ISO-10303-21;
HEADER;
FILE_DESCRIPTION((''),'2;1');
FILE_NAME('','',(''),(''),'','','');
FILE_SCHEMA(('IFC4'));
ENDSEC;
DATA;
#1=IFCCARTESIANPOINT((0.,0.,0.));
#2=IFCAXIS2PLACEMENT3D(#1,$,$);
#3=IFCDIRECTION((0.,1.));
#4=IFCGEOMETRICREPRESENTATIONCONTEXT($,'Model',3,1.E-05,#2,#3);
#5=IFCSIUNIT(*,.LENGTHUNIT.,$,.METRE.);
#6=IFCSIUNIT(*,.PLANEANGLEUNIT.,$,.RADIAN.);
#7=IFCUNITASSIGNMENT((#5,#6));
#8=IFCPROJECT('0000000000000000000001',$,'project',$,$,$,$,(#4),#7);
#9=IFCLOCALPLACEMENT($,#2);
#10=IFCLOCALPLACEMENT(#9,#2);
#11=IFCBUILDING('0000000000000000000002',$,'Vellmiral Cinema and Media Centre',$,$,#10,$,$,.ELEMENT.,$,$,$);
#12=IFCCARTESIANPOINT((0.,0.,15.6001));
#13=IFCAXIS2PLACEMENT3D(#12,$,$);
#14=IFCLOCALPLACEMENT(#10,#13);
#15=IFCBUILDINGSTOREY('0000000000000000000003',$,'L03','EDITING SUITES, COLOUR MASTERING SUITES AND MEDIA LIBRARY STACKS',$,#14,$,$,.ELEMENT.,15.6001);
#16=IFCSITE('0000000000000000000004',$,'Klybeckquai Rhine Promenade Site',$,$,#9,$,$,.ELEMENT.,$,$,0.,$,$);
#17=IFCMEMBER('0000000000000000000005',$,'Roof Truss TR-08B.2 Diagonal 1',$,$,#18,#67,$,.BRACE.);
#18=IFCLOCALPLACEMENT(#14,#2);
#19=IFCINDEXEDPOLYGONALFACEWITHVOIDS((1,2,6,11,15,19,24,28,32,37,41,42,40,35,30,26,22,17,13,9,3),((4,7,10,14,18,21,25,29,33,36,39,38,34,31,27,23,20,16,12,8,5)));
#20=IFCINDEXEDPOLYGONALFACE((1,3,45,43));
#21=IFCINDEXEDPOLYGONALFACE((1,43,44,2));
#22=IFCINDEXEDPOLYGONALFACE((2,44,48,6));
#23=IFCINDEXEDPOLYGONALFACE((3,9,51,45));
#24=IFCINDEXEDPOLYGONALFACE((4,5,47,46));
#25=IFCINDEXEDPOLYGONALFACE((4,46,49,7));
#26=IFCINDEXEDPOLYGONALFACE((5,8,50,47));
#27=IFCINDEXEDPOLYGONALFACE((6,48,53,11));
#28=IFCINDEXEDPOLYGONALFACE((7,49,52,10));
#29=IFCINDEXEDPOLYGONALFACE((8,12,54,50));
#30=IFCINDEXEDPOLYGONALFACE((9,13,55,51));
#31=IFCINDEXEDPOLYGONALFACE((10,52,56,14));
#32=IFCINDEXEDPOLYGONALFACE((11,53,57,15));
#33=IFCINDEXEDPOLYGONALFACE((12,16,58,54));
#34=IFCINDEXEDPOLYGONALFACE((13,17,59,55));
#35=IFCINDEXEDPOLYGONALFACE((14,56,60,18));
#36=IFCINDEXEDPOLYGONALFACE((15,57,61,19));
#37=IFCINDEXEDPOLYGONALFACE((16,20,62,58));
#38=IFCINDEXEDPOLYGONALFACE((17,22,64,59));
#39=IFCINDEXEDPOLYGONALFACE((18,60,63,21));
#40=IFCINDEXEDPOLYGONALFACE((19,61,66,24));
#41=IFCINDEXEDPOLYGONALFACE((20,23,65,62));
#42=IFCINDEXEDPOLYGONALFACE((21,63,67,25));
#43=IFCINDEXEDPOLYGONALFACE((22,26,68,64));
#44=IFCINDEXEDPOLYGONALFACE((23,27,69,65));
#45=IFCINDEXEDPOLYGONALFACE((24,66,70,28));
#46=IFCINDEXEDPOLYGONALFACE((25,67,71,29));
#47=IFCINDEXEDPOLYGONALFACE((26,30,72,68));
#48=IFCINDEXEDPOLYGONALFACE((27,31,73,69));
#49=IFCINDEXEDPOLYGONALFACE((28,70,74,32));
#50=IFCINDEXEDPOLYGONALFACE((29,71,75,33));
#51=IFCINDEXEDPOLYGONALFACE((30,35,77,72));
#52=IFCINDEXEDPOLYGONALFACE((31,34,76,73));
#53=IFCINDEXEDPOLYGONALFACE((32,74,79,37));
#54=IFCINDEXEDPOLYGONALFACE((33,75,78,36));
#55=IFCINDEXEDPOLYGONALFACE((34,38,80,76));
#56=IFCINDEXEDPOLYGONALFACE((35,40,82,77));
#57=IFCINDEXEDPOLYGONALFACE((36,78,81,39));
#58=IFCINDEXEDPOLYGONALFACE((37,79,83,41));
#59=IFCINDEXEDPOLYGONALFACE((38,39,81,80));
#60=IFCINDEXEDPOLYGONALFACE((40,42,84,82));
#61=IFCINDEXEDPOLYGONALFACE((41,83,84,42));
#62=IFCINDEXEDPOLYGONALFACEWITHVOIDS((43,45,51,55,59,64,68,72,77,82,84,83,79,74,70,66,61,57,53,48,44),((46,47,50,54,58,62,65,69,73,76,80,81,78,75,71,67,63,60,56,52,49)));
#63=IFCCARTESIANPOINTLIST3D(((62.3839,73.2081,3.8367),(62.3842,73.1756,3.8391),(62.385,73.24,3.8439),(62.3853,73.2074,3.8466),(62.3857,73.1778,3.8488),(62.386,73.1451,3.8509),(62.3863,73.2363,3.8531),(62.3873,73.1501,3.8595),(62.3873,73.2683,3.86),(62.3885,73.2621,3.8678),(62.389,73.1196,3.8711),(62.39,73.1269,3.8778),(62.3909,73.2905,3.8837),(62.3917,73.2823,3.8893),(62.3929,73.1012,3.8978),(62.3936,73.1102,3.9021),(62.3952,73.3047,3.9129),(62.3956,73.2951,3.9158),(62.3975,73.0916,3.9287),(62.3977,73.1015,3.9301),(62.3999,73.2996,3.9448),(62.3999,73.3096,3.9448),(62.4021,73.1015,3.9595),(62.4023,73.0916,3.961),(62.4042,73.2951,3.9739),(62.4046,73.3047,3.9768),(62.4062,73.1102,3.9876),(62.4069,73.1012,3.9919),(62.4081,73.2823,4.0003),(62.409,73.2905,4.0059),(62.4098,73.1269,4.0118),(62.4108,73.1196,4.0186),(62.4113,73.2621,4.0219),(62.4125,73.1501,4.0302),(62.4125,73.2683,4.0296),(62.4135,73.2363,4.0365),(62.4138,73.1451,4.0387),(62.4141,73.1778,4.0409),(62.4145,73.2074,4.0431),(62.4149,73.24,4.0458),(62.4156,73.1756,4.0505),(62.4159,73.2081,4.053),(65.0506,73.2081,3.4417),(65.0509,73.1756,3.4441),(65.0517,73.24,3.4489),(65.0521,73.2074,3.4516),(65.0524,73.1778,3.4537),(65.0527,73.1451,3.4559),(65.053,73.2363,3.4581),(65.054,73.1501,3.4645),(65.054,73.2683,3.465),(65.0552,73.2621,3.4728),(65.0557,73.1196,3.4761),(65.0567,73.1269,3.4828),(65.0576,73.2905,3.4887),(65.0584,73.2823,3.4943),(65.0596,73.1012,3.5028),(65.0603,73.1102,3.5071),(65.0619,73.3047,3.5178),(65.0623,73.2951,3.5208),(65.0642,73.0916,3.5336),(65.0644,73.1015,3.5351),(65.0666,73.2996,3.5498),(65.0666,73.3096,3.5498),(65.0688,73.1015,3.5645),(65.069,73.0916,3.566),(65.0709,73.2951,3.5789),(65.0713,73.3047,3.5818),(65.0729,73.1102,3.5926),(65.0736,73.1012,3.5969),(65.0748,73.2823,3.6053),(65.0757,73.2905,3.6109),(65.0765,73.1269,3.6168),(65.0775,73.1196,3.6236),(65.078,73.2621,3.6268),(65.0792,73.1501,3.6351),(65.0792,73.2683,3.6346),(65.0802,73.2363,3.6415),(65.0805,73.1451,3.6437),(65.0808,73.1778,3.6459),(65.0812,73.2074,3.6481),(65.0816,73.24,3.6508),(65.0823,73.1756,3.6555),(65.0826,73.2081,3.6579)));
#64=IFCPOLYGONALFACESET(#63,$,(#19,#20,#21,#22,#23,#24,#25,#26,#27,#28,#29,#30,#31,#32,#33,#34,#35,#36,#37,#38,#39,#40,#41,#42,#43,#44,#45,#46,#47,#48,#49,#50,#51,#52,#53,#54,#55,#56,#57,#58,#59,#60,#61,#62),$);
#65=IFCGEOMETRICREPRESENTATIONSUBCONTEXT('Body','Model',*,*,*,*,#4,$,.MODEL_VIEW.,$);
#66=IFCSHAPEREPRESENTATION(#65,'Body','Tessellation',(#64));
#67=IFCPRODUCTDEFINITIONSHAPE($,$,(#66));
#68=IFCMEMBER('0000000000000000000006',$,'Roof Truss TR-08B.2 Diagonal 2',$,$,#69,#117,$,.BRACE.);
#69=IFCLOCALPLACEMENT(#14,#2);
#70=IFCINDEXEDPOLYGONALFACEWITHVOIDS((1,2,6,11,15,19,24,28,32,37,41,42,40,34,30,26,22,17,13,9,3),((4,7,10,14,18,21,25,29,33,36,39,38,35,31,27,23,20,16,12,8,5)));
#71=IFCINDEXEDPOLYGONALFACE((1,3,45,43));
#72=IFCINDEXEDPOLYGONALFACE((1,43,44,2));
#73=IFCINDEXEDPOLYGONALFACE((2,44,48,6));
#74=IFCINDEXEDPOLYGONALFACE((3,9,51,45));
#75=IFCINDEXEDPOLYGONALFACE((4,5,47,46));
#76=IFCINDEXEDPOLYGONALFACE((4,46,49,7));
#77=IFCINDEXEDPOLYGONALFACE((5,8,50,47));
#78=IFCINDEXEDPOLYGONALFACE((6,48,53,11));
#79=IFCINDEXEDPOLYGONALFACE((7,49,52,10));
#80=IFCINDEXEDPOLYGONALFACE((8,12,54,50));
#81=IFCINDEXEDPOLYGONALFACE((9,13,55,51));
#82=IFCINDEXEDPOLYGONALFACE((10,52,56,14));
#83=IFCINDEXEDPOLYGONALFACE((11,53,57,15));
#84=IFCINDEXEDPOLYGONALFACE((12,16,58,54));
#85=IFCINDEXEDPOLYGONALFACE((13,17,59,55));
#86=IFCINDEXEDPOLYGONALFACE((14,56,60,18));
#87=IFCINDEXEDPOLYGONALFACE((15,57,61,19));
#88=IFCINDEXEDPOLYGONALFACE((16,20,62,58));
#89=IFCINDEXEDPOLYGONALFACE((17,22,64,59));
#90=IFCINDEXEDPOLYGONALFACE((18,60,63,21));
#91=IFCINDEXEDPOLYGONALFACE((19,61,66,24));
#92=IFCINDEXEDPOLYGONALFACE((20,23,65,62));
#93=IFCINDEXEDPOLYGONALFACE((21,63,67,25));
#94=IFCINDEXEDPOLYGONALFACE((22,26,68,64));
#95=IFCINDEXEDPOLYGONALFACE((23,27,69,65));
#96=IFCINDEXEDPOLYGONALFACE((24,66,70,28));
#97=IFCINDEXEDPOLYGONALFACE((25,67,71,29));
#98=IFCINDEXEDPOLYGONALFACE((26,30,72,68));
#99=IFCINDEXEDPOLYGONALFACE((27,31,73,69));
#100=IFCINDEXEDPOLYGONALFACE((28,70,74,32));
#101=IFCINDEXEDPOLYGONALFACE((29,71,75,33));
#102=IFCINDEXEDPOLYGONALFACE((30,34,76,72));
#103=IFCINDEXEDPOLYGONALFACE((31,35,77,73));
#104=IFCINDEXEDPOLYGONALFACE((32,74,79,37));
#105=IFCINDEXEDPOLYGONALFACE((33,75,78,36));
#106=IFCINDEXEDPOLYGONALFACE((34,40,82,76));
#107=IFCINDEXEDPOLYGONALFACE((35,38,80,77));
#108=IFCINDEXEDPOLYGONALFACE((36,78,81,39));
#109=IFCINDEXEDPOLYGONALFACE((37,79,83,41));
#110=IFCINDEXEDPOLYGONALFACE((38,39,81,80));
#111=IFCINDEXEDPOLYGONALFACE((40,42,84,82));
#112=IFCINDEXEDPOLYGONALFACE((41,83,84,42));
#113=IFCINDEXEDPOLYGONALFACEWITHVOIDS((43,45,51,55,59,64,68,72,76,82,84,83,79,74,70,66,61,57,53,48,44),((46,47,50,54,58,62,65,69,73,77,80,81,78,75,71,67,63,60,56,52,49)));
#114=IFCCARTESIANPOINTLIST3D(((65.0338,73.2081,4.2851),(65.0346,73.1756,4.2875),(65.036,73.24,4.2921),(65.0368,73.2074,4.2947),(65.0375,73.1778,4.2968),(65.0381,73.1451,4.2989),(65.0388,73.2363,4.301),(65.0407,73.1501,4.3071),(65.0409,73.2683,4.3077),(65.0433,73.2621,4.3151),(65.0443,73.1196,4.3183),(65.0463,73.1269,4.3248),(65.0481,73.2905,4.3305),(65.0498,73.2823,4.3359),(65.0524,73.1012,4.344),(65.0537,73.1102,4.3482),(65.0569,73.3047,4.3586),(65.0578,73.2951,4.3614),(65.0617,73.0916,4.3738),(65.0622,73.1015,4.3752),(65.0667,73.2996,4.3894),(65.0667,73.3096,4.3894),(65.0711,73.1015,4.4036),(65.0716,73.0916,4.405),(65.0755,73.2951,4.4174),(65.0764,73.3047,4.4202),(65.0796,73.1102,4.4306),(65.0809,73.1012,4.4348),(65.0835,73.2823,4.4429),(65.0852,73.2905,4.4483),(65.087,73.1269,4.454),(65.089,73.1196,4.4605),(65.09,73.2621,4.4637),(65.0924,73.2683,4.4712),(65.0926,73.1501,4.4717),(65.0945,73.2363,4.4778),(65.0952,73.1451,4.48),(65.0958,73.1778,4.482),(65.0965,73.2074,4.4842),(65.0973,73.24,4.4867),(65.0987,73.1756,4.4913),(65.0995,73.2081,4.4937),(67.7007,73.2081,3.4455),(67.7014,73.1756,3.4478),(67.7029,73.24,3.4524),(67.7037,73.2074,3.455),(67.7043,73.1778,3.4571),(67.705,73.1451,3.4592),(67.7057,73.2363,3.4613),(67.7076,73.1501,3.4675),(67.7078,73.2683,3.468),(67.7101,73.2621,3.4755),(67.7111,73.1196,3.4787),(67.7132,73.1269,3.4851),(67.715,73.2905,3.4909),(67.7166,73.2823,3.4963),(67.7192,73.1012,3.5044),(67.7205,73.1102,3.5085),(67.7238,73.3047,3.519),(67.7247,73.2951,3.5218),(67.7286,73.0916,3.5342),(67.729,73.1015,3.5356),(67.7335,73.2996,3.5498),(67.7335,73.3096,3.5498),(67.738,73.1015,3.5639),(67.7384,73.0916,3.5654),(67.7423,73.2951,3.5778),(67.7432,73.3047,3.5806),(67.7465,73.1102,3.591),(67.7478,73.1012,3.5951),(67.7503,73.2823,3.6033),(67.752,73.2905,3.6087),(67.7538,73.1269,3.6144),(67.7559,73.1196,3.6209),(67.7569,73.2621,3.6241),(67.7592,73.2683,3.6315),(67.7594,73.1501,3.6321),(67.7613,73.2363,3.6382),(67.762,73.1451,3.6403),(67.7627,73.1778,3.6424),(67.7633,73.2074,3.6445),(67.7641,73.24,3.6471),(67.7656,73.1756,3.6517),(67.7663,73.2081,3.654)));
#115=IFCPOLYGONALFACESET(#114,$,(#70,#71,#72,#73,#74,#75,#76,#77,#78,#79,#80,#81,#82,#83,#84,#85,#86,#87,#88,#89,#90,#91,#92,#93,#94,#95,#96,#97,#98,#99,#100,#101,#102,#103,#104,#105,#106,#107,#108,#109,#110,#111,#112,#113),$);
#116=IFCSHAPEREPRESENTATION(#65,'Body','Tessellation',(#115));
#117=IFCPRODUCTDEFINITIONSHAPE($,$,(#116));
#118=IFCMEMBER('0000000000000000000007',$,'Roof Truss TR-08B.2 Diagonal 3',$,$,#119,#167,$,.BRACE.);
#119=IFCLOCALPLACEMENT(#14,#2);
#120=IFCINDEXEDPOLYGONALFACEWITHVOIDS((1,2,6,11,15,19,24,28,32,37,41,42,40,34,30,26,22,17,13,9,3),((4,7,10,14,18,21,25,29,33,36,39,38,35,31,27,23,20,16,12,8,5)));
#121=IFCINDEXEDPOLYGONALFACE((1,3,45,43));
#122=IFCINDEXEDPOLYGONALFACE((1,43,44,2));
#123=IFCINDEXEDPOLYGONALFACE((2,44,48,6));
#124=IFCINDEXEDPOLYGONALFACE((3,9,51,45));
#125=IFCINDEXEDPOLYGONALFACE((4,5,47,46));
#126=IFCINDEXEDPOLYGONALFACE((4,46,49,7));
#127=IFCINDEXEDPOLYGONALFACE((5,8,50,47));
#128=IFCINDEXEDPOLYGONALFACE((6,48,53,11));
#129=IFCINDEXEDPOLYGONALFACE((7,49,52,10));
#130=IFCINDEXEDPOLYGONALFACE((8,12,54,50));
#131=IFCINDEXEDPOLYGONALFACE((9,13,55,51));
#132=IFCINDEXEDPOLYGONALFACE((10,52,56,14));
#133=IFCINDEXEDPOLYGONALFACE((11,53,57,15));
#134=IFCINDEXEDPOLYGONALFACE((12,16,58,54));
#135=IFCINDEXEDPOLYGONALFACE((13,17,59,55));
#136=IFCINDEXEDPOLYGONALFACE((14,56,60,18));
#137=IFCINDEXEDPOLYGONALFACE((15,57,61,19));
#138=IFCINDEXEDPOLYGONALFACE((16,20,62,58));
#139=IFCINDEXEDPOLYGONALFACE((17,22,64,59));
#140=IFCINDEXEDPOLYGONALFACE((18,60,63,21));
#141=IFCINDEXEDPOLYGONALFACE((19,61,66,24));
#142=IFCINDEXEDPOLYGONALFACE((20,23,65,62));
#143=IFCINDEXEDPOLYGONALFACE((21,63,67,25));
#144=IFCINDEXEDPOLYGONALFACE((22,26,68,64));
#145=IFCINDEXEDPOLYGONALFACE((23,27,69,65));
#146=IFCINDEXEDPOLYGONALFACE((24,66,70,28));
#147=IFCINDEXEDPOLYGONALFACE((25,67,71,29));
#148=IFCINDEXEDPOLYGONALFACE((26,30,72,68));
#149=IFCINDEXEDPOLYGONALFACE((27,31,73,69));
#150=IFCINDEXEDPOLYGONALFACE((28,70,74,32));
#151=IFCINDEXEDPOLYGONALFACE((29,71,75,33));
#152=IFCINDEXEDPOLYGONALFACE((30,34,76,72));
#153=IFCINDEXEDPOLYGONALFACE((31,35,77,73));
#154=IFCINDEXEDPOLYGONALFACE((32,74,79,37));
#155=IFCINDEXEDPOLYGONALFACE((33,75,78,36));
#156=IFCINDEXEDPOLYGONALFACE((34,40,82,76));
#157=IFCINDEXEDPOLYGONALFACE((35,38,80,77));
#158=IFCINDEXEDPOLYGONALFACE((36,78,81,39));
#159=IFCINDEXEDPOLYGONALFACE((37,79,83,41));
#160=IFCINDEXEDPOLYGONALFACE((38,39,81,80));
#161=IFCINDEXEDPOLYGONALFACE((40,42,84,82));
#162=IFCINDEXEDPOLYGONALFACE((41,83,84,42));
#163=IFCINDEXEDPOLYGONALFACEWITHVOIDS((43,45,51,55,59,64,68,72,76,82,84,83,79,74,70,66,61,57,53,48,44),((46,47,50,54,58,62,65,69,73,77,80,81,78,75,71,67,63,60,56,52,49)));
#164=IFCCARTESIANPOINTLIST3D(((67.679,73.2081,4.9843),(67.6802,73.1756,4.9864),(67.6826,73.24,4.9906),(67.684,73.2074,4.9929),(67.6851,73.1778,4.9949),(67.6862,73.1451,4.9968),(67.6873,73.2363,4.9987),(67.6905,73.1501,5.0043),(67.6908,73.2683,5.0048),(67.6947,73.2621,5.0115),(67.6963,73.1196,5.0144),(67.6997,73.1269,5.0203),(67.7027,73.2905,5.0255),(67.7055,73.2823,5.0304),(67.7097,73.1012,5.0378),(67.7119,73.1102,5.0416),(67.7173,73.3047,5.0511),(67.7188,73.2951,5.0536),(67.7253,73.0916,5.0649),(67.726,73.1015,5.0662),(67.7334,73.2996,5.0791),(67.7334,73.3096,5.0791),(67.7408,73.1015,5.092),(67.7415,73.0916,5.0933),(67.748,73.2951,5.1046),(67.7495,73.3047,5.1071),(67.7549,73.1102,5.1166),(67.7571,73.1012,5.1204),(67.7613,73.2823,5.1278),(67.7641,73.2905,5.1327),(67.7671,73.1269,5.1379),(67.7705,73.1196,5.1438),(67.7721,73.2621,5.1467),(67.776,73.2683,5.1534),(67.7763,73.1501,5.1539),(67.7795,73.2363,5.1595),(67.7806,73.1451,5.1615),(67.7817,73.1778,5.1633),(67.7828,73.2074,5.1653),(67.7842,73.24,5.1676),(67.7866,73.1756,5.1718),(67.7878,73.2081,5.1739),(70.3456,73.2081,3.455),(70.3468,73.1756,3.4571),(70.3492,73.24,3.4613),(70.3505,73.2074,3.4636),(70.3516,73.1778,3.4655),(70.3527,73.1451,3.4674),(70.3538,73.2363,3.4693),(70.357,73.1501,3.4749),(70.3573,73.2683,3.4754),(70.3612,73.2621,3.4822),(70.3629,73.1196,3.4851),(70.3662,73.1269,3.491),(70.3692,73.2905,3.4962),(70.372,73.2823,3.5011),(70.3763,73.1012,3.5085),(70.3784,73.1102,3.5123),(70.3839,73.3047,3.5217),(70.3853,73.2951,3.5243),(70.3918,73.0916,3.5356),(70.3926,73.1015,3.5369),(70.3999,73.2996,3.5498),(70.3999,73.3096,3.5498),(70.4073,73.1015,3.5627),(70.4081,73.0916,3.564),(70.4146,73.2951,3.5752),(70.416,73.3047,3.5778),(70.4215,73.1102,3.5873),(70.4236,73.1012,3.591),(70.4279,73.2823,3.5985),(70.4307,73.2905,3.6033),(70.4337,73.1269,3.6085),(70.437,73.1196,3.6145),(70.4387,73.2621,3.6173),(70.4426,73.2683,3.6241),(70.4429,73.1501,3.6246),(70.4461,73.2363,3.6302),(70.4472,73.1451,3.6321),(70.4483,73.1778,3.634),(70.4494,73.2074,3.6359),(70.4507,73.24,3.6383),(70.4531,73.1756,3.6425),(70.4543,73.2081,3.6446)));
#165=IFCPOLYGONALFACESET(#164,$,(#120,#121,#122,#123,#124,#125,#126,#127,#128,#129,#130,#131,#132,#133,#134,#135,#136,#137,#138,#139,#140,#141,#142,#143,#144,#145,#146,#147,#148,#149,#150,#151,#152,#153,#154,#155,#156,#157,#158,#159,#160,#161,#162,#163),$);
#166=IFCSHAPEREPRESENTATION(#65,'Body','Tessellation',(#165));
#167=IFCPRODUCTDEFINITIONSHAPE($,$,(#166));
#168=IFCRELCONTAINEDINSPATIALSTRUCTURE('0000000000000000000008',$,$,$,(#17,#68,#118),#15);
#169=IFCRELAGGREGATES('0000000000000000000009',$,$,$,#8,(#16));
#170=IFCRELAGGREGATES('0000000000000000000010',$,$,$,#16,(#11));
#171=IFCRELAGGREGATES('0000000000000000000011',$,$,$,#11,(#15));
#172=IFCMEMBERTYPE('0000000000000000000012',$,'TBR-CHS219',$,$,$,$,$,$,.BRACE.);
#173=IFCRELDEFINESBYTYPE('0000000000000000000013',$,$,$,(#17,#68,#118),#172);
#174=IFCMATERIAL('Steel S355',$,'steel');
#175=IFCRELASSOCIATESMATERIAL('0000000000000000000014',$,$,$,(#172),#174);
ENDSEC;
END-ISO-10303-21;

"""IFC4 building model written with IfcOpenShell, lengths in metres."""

from ifc_helpers import new_model, si_unit, direction, frame, origin, origin_2d, place, context, subcontext, project, spatial, hollow_circle, extrude, material, material_profile, profile_set, type_object, element, save


model = new_model("IFC4")

# Units and contexts
model_context = context("Model", 3, precision=1e-05, world=origin(), true_north=direction((0.0, 1.0)))
body_context = subcontext(model_context, "Body", "Model", "MODEL_VIEW")
ifc_project = project(units=[si_unit("LENGTHUNIT", "METRE"), si_unit("PLANEANGLEUNIT", "RADIAN")], contexts=[model_context])

# Site, building, storey
site_placement = place(None, origin())
site = spatial("IfcSite", under=ifc_project, at=site_placement, Name="Klybeckquai Rhine Promenade Site", CompositionType="ELEMENT", RefElevation=0.0)
building_placement = place(site_placement, origin())
building = spatial("IfcBuilding", under=site, at=building_placement, Name="Vellmiral Cinema and Media Centre", CompositionType="ELEMENT")
storey_placement = place(building_placement, frame((0.0, 0.0, 15.6001)))
storey = spatial("IfcBuildingStorey", under=building, at=storey_placement, Name="L03", Description="EDITING SUITES, COLOUR MASTERING SUITES AND MEDIA LIBRARY STACKS", CompositionType="ELEMENT", Elevation=15.6001)

# Members
ifc_material_1 = material(Name="Steel S355", Category="steel")
ifc_material_profile_1 = material_profile(ifc_material_1, hollow_circle(Radius=0.1096, WallThickness=0.01, at=origin_2d()), Name="CHS 219.1x10.0")
ifc_profile_set_1 = profile_set([ifc_material_profile_1], Name="Steel S355")
member_type_1 = type_object("IfcMemberType", Name="TBR-CHS219", PredefinedType="BRACE", material=ifc_profile_set_1)
member_1_placement = place(storey_placement, frame((62.3999, 73.2, 3.9448), z_axis=(0.989206, 0.0, -0.146529), x_axis=(0.0, 1.0, 0.0)))
element("IfcMember", 1, at=member_1_placement, inside=storey, type_object=member_type_1, Name="Roof Truss TR-08B.2 Diagonal 1", PredefinedType="BRACE", context=body_context, shape_type="SweptSolid", body=[
    extrude(hollow_circle(Radius=0.1096, WallThickness=0.01, at=origin_2d()), origin(), (0.0, 0.0, 1.0), 2.6958),
])
member_2_placement = place(storey_placement, frame((65.0667, 73.2, 4.3894), z_axis=(0.953842, 0.0, -0.300308), x_axis=(0.0, 1.0, 0.0)))
element("IfcMember", 2, at=member_2_placement, inside=storey, type_object=member_type_1, Name="Roof Truss TR-08B.2 Diagonal 2", PredefinedType="BRACE", context=body_context, shape_type="SweptSolid", body=[
    extrude(hollow_circle(Radius=0.1096, WallThickness=0.01, at=origin_2d()), origin(), (0.0, 0.0, 1.0), 2.7959),
])
member_3_placement = place(storey_placement, frame((67.7334, 73.2, 5.0791), z_axis=(0.86746, 0.0, -0.497507), x_axis=(0.0, 1.0, 0.0)))
element("IfcMember", 3, at=member_3_placement, inside=storey, type_object=member_type_1, Name="Roof Truss TR-08B.2 Diagonal 3", PredefinedType="BRACE", context=body_context, shape_type="SweptSolid", body=[
    extrude(hollow_circle(Radius=0.1096, WallThickness=0.01, at=origin_2d()), origin(), (0.0, 0.0, 1.0), 3.074),
])

save(model, "model.ifc")
